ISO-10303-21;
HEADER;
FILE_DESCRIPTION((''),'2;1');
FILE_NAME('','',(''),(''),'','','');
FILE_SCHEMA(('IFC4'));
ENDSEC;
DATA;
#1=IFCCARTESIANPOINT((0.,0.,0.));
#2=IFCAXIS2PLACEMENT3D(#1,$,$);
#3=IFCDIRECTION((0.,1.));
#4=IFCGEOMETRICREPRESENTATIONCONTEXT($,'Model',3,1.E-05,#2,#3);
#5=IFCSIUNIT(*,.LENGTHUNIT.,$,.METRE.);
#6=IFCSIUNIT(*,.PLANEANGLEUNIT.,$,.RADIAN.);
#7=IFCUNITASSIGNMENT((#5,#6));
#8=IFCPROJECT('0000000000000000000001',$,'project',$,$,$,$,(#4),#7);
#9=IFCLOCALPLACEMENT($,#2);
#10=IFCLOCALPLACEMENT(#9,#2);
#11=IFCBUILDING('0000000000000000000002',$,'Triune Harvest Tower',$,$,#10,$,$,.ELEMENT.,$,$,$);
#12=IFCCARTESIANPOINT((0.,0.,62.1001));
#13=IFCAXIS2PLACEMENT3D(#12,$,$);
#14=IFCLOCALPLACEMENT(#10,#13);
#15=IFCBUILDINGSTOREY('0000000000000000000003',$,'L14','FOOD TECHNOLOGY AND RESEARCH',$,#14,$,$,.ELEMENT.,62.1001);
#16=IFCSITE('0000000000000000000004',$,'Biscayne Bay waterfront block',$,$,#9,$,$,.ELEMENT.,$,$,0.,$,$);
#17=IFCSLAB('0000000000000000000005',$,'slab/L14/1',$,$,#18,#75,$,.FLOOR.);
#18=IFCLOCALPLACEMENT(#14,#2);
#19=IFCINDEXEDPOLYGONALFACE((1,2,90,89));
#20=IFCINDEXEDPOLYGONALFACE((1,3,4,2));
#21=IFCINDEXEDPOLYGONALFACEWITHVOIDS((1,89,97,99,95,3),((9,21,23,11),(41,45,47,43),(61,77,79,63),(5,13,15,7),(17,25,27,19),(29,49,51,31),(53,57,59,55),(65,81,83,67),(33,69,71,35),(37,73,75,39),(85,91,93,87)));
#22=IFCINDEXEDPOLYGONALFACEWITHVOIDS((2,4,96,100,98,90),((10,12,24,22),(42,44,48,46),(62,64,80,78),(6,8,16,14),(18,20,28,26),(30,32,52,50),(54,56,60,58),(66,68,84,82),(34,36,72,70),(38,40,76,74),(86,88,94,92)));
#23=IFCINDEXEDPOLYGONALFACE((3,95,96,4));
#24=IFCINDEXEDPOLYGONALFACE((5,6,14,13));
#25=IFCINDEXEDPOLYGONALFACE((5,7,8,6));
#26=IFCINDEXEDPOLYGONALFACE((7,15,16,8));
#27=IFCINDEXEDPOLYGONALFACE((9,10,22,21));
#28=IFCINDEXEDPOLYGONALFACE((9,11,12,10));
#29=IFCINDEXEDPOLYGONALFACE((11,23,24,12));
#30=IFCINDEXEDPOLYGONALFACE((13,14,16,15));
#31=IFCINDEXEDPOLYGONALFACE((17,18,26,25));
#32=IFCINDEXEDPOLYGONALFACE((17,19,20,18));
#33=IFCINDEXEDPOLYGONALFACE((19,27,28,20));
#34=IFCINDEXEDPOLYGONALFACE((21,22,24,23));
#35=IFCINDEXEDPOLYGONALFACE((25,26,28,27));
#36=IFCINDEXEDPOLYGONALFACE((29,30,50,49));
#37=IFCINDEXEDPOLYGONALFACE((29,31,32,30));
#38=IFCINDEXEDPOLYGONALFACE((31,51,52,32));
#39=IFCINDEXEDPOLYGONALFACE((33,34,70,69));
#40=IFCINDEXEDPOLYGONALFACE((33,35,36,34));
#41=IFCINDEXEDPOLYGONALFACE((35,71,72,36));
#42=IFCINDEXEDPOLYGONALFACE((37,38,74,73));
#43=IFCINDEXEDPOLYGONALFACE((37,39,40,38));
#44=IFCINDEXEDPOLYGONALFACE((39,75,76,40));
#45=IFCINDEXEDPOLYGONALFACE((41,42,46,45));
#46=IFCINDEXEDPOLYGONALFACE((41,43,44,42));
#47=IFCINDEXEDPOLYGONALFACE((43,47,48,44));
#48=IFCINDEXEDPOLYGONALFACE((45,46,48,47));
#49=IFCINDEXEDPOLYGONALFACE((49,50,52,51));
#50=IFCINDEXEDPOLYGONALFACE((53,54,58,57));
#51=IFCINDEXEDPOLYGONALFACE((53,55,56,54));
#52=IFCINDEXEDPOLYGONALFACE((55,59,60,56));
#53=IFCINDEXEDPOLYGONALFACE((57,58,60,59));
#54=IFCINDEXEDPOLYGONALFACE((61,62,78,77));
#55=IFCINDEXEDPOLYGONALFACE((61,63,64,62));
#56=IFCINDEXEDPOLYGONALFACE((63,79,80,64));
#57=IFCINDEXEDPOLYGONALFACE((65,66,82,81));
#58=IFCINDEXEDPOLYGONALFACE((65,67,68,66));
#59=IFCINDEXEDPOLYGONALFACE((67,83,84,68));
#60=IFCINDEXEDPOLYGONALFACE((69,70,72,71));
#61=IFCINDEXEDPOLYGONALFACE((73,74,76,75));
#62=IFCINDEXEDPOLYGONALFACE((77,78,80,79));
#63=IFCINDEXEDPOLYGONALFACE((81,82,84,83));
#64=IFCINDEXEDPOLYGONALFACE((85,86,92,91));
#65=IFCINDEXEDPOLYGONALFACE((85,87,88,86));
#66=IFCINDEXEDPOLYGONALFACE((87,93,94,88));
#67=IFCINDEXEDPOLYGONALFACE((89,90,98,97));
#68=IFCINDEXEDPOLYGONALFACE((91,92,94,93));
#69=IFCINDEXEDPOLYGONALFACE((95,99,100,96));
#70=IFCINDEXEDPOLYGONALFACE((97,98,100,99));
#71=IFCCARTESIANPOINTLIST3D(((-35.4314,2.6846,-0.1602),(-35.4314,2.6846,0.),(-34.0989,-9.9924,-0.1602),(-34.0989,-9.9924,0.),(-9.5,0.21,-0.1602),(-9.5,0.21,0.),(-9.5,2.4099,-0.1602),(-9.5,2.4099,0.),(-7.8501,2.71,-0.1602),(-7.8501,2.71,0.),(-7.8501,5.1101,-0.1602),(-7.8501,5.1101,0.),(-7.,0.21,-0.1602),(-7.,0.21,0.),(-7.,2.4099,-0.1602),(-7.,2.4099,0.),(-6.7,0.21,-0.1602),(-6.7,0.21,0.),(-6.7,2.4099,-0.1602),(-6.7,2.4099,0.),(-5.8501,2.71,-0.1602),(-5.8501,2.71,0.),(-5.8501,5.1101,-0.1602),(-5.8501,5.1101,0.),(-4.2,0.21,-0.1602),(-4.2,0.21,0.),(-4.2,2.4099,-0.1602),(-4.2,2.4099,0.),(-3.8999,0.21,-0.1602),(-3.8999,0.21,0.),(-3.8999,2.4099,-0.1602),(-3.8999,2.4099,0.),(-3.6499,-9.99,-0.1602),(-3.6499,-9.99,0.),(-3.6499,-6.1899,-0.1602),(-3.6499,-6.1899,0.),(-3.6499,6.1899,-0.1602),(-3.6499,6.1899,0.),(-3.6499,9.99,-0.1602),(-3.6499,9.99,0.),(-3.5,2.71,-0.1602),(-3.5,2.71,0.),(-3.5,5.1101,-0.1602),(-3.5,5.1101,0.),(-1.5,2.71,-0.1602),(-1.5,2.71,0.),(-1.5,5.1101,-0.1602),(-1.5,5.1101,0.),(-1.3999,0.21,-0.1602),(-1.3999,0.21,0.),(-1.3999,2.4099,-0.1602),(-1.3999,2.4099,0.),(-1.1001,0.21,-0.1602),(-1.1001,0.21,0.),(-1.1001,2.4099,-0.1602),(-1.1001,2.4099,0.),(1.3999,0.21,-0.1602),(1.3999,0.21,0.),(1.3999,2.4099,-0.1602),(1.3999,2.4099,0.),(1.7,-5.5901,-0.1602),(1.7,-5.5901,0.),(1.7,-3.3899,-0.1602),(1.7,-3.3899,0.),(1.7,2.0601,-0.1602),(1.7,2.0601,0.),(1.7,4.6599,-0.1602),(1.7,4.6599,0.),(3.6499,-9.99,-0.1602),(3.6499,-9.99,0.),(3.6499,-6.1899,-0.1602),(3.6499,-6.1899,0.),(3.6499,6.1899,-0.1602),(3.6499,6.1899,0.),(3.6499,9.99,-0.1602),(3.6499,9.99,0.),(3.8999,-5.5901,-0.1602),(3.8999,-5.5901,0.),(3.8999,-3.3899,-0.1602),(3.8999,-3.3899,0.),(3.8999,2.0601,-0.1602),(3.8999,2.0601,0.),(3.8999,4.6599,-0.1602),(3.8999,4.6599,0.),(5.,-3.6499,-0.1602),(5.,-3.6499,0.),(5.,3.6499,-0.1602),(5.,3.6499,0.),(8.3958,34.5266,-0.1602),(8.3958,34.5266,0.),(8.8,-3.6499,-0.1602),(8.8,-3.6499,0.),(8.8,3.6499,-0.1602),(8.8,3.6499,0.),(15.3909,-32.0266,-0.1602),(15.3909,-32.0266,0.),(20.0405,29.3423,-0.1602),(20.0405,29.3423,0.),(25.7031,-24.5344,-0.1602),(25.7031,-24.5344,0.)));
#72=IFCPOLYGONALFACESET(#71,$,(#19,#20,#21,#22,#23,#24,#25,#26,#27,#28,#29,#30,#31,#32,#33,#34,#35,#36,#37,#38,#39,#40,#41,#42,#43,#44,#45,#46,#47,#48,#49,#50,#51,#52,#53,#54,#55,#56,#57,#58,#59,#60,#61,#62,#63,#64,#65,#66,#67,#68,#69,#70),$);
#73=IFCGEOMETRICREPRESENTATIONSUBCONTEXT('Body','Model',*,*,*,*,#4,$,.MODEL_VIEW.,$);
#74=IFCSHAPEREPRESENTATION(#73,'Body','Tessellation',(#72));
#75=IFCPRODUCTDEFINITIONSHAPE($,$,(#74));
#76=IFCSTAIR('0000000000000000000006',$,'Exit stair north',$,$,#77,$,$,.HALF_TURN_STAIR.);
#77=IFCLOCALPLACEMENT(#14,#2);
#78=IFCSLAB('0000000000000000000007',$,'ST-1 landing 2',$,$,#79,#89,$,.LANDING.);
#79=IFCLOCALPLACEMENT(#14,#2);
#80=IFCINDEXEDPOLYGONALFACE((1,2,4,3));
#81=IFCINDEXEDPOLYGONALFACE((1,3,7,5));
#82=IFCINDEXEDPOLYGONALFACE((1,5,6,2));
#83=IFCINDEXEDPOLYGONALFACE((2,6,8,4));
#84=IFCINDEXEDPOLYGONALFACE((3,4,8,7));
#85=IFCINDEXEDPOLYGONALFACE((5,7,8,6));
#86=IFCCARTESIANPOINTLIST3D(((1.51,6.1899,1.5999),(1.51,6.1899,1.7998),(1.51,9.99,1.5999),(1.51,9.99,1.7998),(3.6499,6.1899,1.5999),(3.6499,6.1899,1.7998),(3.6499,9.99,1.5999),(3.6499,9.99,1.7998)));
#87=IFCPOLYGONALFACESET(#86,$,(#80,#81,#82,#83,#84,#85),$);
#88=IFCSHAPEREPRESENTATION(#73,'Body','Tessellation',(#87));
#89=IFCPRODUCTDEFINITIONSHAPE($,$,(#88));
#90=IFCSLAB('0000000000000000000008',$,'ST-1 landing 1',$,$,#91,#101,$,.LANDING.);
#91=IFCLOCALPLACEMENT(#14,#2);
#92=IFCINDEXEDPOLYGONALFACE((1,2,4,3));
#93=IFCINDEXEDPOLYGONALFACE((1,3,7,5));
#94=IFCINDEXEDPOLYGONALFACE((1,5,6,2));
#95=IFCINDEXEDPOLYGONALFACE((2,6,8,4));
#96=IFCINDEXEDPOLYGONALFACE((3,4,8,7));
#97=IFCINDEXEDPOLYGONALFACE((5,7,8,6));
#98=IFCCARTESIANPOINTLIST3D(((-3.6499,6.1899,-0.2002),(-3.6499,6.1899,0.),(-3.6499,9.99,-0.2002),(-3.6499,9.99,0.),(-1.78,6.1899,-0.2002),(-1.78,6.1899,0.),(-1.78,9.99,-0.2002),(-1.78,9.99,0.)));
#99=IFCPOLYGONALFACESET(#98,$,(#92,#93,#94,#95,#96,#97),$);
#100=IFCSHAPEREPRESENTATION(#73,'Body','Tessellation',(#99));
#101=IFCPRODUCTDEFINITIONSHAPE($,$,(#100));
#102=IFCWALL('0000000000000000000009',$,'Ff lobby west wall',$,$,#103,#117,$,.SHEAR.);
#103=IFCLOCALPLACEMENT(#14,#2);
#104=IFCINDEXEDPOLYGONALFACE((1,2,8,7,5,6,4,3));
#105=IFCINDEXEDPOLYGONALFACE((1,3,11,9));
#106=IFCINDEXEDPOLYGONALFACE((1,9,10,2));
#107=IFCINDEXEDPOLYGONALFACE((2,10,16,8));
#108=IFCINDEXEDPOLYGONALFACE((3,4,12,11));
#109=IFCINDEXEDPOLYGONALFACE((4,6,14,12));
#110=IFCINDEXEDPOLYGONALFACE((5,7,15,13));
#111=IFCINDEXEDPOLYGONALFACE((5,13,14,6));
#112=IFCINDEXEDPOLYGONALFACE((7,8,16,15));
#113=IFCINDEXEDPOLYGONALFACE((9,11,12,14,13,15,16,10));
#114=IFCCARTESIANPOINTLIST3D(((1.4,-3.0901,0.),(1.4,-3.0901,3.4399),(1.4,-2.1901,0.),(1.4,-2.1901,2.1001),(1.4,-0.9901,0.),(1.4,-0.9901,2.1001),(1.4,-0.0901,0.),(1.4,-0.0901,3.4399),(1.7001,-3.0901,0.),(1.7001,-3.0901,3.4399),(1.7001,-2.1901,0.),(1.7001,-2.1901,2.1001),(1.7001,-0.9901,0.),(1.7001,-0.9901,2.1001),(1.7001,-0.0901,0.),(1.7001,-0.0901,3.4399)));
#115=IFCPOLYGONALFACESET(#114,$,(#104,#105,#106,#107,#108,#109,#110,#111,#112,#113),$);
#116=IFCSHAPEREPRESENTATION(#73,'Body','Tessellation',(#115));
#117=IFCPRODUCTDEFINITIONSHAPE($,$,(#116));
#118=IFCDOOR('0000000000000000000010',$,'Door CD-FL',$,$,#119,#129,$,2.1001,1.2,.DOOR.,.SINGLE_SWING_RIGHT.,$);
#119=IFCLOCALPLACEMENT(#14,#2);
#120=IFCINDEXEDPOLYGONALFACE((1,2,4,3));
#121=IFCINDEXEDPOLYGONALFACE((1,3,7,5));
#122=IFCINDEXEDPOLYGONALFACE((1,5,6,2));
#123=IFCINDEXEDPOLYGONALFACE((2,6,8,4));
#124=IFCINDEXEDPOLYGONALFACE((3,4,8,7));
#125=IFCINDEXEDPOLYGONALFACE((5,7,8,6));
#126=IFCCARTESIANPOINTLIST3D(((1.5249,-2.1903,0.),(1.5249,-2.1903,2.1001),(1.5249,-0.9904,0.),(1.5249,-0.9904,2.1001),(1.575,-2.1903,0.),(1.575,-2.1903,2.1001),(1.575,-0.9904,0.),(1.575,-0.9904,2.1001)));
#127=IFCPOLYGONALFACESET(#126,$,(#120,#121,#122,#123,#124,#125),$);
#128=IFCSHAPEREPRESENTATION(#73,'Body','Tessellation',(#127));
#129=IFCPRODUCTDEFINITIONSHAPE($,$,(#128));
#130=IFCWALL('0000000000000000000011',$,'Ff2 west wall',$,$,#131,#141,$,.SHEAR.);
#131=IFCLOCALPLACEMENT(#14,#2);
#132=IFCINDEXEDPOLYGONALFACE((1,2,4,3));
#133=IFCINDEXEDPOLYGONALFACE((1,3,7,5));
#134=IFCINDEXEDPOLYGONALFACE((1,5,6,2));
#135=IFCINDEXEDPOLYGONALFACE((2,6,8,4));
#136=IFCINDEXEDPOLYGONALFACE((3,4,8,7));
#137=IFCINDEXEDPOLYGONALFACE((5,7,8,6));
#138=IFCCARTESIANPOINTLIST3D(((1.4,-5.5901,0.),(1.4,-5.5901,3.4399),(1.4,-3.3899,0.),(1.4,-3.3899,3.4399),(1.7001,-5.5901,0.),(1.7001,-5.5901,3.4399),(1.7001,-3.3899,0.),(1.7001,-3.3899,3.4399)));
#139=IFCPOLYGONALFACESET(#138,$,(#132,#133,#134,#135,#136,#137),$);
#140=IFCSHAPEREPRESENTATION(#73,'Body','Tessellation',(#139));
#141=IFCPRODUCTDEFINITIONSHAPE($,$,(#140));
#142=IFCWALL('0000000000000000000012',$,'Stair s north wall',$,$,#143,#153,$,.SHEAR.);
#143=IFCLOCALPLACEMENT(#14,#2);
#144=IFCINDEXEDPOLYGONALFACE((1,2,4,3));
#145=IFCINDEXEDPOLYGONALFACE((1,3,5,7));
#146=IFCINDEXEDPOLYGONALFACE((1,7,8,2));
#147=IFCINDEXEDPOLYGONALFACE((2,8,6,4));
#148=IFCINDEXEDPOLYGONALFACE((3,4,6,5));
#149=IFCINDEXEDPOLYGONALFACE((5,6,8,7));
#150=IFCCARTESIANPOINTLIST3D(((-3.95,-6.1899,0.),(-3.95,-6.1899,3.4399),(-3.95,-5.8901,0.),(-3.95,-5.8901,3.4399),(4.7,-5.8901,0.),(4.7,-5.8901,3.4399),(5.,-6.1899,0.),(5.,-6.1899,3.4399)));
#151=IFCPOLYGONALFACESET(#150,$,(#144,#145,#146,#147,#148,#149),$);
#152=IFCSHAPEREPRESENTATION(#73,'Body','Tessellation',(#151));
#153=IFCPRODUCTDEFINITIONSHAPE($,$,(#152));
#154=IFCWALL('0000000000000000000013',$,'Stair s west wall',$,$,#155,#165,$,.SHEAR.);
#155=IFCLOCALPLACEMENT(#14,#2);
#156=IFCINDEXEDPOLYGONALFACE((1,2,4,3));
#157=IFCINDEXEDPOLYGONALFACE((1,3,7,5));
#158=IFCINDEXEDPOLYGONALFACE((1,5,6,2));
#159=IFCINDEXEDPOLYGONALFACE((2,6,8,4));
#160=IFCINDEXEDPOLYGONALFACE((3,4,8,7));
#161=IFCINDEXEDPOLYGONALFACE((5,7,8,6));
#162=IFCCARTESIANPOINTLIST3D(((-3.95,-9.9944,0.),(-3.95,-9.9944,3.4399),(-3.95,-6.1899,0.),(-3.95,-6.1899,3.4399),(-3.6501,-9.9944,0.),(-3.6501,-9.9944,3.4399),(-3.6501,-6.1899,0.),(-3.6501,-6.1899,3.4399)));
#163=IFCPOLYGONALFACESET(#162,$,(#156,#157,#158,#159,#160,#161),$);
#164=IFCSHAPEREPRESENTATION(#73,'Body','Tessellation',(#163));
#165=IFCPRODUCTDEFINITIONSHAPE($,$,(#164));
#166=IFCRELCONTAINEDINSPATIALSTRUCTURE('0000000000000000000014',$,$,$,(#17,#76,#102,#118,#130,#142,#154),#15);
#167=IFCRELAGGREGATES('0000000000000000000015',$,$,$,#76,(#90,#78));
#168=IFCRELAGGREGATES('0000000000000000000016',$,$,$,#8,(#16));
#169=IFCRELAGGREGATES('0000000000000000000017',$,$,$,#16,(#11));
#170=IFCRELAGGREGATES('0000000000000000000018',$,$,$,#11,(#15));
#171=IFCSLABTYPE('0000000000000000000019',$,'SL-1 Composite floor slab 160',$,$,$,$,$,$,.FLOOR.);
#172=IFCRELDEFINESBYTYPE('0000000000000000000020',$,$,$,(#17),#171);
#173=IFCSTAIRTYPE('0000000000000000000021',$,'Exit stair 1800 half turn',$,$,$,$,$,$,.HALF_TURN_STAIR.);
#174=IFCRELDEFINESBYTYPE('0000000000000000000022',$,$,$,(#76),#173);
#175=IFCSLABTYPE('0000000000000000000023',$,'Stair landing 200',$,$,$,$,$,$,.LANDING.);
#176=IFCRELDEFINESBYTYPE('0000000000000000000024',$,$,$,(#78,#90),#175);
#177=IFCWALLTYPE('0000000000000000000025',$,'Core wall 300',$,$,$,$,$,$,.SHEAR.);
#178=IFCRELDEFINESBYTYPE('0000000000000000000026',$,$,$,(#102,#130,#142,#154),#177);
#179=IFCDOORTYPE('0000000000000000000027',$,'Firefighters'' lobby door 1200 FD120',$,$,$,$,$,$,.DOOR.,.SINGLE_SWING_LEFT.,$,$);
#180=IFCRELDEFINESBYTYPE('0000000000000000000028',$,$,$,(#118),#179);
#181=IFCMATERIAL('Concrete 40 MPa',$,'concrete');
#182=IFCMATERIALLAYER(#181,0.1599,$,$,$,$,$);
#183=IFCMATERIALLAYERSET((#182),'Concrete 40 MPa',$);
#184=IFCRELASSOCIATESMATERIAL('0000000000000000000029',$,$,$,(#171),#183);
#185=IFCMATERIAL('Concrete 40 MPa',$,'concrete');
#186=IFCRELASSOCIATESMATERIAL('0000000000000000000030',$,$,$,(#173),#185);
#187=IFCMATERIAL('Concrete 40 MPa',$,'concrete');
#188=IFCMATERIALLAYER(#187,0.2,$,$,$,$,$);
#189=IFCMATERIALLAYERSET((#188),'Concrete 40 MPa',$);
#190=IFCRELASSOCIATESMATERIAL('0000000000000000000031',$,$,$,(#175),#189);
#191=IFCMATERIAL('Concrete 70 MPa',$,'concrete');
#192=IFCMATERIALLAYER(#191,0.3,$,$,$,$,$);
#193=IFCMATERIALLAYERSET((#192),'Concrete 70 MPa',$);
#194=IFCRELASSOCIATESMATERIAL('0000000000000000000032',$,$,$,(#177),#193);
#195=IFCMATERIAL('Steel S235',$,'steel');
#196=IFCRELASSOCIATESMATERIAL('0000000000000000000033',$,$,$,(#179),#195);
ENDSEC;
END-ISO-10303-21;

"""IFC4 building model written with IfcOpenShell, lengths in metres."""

from ifc_helpers import new_model, si_unit, direction, frame, frame_2d, origin, place, context, subcontext, project, spatial, polyline, rectangle, outline, extrude, source, transform, mapped, material, layer, layer_set, type_object, element, fill, aggregate, save


model = new_model("IFC4")

# Units and contexts
model_context = context("Model", 3, precision=1e-05, world=origin(), true_north=direction((0.0, 1.0)))
body_context = subcontext(model_context, "Body", "Model", "MODEL_VIEW")
ifc_project = project(units=[si_unit("LENGTHUNIT", "METRE"), si_unit("PLANEANGLEUNIT", "RADIAN")], contexts=[model_context])

# Site, building, storey
site_placement = place(None, origin())
site = spatial("IfcSite", under=ifc_project, at=site_placement, Name="Biscayne Bay waterfront block", CompositionType="ELEMENT", RefElevation=0.0)
building_placement = place(site_placement, origin())
building = spatial("IfcBuilding", under=site, at=building_placement, Name="Triune Harvest Tower", CompositionType="ELEMENT")
storey_placement = place(building_placement, frame((0.0, 0.0, 62.1001)))
storey = spatial("IfcBuildingStorey", under=building, at=storey_placement, Name="L14", Description="FOOD TECHNOLOGY AND RESEARCH", CompositionType="ELEMENT", Elevation=62.1001)

# Slab
ifc_material_1 = material(Name="Concrete 40 MPa", Category="concrete")
ifc_layer_1 = layer(ifc_material_1, 0.1599)
ifc_layer_set_1 = layer_set([ifc_layer_1], Name="Concrete 40 MPa")
slab_type_1 = type_object("IfcSlabType", Name="SL-1 Composite floor slab 160", PredefinedType="FLOOR", material=ifc_layer_set_1)
shared_shape_1 = source(origin(), body_context, "Body", "SweptSolid", [
    extrude(outline(polyline([(25.7031, -24.5344), (20.0405, 29.3423), (8.3958, 34.5266), (-35.4314, 2.6846), (-34.0989, -9.9924), (15.3909, -32.0266), (25.7031, -24.5344)]), holes=[polyline([(-7.0, 0.21), (-7.0, 2.4099), (-9.5, 2.4099), (-9.5, 0.21), (-7.0, 0.21)]), polyline([(-4.2, 0.21), (-4.2, 2.4099), (-6.7, 2.4099), (-6.7, 0.21), (-4.2, 0.21)]), polyline([(-1.3999, 0.21), (-1.3999, 2.4099), (-3.8999, 2.4099), (-3.8999, 0.21), (-1.3999, 0.21)]), polyline([(1.3999, 0.21), (1.3999, 2.4099), (-1.1001, 2.4099), (-1.1001, 0.21), (1.3999, 0.21)]), polyline([(3.8999, 2.0601), (3.8999, 4.6599), (1.7, 4.6599), (1.7, 2.0601), (3.8999, 2.0601)]), polyline([(3.8999, -5.5901), (3.8999, -3.3899), (1.7, -3.3899), (1.7, -5.5901), (3.8999, -5.5901)]), polyline([(-5.8501, 2.71), (-5.8501, 5.1101), (-7.8501, 5.1101), (-7.8501, 2.71), (-5.8501, 2.71)]), polyline([(-1.5, 2.71), (-1.5, 5.1101), (-3.5, 5.1101), (-3.5, 2.71), (-1.5, 2.71)]), polyline([(3.6499, 6.1899), (3.6499, 9.99), (-3.6499, 9.99), (-3.6499, 6.1899), (3.6499, 6.1899)]), polyline([(3.6499, -9.99), (3.6499, -6.1899), (-3.6499, -6.1899), (-3.6499, -9.99), (3.6499, -9.99)]), polyline([(8.8, -3.6499), (8.8, 3.6499), (5.0, 3.6499), (5.0, -3.6499), (8.8, -3.6499)])]), origin(), (0.0, 0.0, 1.0), 0.1602),
])
slab_1_placement = place(storey_placement, frame((0.0, 0.0, -0.1602)))
element("IfcSlab", 1, at=slab_1_placement, inside=storey, type_object=slab_type_1, Name="slab/L14/1", PredefinedType="FLOOR", context=body_context, shape_type="MappedRepresentation", body=[
    mapped(shared_shape_1, transform((0.0, 0.0, 0.0), scale=1.0)),
])

# Stair, slabs
ifc_material_2 = material(Name="Concrete 40 MPa", Category="concrete")
stair_type = type_object("IfcStairType", Name="Exit stair 1800 half turn", PredefinedType="HALF_TURN_STAIR", material=ifc_material_2)
stair_1_placement = place(storey_placement, origin())
stair_1 = element("IfcStair", 2, at=stair_1_placement, inside=storey, type_object=stair_type, Name="Exit stair north", PredefinedType="HALF_TURN_STAIR")
ifc_material_3 = material(Name="Concrete 40 MPa", Category="concrete")
ifc_layer_2 = layer(ifc_material_3, 0.2)
ifc_layer_set_2 = layer_set([ifc_layer_2], Name="Concrete 40 MPa")
slab_type_2 = type_object("IfcSlabType", Name="Stair landing 200", PredefinedType="LANDING", material=ifc_layer_set_2)
shared_shape_2 = source(origin(), body_context, "Body", "SweptSolid", [
    extrude(outline(polyline([(1.51, 6.1899), (3.6499, 6.1899), (3.6499, 9.99), (1.51, 9.99), (1.51, 6.1899)])), origin(), (0.0, 0.0, 1.0), 0.2),
])
slab_2_placement = place(storey_placement, frame((0.0, 0.0, 1.5999)))
slab_2 = element("IfcSlab", 3, at=slab_2_placement, type_object=slab_type_2, Name="ST-1 landing 2", PredefinedType="LANDING", context=body_context, shape_type="MappedRepresentation", body=[
    mapped(shared_shape_2, transform((0.0, 0.0, 0.0), scale=1.0)),
])
shared_shape_3 = source(origin(), body_context, "Body", "SweptSolid", [
    extrude(outline(polyline([(-3.6499, 6.1899), (-1.78, 6.1899), (-1.78, 9.99), (-3.6499, 9.99), (-3.6499, 6.1899)])), origin(), (0.0, 0.0, 1.0), 0.2002),
])
slab_3_placement = place(storey_placement, frame((0.0, 0.0, -0.2002)))
slab_3 = element("IfcSlab", 4, at=slab_3_placement, type_object=slab_type_2, Name="ST-1 landing 1", PredefinedType="LANDING", context=body_context, shape_type="MappedRepresentation", body=[
    mapped(shared_shape_3, transform((0.0, 0.0, 0.0), scale=1.0)),
])
aggregate(stair_1, [slab_3, slab_2])

# Wall, opening, door
ifc_material_4 = material(Name="Concrete 70 MPa", Category="concrete")
ifc_layer_3 = layer(ifc_material_4, 0.3)
ifc_layer_set_3 = layer_set([ifc_layer_3], Name="Concrete 70 MPa")
wall_type_1 = type_object("IfcWallType", Name="Core wall 300", PredefinedType="SHEAR", material=ifc_layer_set_3)
shared_shape_4 = source(origin(), body_context, "Body", "SweptSolid", [
    extrude(rectangle(XDim=3.0, YDim=0.3, at=frame_2d((1.5, 0.0))), origin(), (0.0, 0.0, 1.0), 3.4399),
])
wall_1_placement = place(storey_placement, frame((1.55, -3.0901, 0.0), z_axis=(0.0, 0.0, 1.0), x_axis=(0.0, 1.0, 0.0)))
wall_1 = element("IfcWall", 5, at=wall_1_placement, inside=storey, type_object=wall_type_1, Name="Ff lobby west wall", PredefinedType="SHEAR", context=body_context, shape_type="MappedRepresentation", body=[
    mapped(shared_shape_4, transform((0.0, 0.0, 0.0), scale=1.0)),
])
opening_placement = place(wall_1_placement, frame((0.8999, 0.0, 0.0)))
opening = element("IfcOpeningElement", 6, at=opening_placement, cuts=wall_1, PredefinedType="OPENING", context=body_context, shape_type="SweptSolid", body=[
    extrude(rectangle(XDim=1.2, YDim=2.1001, at=frame_2d((0.6001, 1.05))), frame((0.0, 0.1602, 0.0), z_axis=(0.0, -1.0, 0.0), x_axis=(1.0, 0.0, 0.0)), (0.0, 0.0, 1.0), 0.3201),
])
ifc_material_5 = material(Name="Steel S235", Category="steel")
door_type = type_object("IfcDoorType", Name="Firefighters' lobby door 1200 FD120", OperationType="SINGLE_SWING_LEFT", PredefinedType="DOOR", material=ifc_material_5)
door_placement = place(opening_placement, frame((1.2, 0.0, 0.0), z_axis=(0.0, 0.0, 1.0), x_axis=(-1.0, 0.0, 0.0)))
door = element("IfcDoor", 7, at=door_placement, inside=storey, type_object=door_type, Name="Door CD-FL", OperationType="SINGLE_SWING_RIGHT", OverallHeight=2.1001, OverallWidth=1.2, PredefinedType="DOOR", context=body_context, shape_type="SweptSolid", body=[
    extrude(rectangle(XDim=1.2, YDim=2.1001, at=frame_2d((0.6001, 1.05))), frame((0.0, 0.0249, 0.0), z_axis=(0.0, -1.0, 0.0), x_axis=(1.0, 0.0, 0.0)), (0.0, 0.0, 1.0), 0.05),
])
fill(opening, door)

# Walls
shared_shape_5 = source(origin(), body_context, "Body", "SweptSolid", [
    extrude(rectangle(XDim=2.2002, YDim=0.3, at=frame_2d((1.1001, 0.0))), origin(), (0.0, 0.0, 1.0), 3.4399),
])
wall_2_placement = place(storey_placement, frame((1.55, -5.5901, 0.0), z_axis=(0.0, 0.0, 1.0), x_axis=(0.0, 1.0, 0.0)))
element("IfcWall", 8, at=wall_2_placement, inside=storey, type_object=wall_type_1, Name="Ff2 west wall", PredefinedType="SHEAR", context=body_context, shape_type="MappedRepresentation", body=[
    mapped(shared_shape_5, transform((0.0, 0.0, 0.0), scale=1.0)),
])
shared_shape_6 = source(origin(), body_context, "Body", "SweptSolid", [
    extrude(outline(polyline([(0.0, -0.1499), (8.95, -0.1499), (8.6499, 0.1499), (0.0, 0.1499), (0.0, -0.1499)])), origin(), (0.0, 0.0, 1.0), 3.4399),
])
wall_3_placement = place(storey_placement, frame((-3.95, -6.04, 0.0), z_axis=(0.0, 0.0, 1.0), x_axis=(1.0, 0.0, 0.0)))
element("IfcWall", 9, at=wall_3_placement, inside=storey, type_object=wall_type_1, Name="Stair s north wall", PredefinedType="SHEAR", context=body_context, shape_type="MappedRepresentation", body=[
    mapped(shared_shape_6, transform((0.0, 0.0, 0.0), scale=1.0)),
])
shared_shape_7 = source(origin(), body_context, "Body", "SweptSolid", [
    extrude(outline(polyline([(3.8, -0.1499), (-0.0044, -0.1499), (-0.0044, 0.1499), (3.8, 0.1499), (3.8, -0.1499)])), origin(), (0.0, 0.0, 1.0), 3.4399),
])
wall_4_placement = place(storey_placement, frame((-3.8, -9.99, 0.0), z_axis=(0.0, 0.0, 1.0), x_axis=(0.0, 1.0, 0.0)))
element("IfcWall", 10, at=wall_4_placement, inside=storey, type_object=wall_type_1, Name="Stair s west wall", PredefinedType="SHEAR", context=body_context, shape_type="MappedRepresentation", body=[
    mapped(shared_shape_7, transform((0.0, 0.0, 0.0), scale=1.0)),
])

save(model, "model.ifc")
